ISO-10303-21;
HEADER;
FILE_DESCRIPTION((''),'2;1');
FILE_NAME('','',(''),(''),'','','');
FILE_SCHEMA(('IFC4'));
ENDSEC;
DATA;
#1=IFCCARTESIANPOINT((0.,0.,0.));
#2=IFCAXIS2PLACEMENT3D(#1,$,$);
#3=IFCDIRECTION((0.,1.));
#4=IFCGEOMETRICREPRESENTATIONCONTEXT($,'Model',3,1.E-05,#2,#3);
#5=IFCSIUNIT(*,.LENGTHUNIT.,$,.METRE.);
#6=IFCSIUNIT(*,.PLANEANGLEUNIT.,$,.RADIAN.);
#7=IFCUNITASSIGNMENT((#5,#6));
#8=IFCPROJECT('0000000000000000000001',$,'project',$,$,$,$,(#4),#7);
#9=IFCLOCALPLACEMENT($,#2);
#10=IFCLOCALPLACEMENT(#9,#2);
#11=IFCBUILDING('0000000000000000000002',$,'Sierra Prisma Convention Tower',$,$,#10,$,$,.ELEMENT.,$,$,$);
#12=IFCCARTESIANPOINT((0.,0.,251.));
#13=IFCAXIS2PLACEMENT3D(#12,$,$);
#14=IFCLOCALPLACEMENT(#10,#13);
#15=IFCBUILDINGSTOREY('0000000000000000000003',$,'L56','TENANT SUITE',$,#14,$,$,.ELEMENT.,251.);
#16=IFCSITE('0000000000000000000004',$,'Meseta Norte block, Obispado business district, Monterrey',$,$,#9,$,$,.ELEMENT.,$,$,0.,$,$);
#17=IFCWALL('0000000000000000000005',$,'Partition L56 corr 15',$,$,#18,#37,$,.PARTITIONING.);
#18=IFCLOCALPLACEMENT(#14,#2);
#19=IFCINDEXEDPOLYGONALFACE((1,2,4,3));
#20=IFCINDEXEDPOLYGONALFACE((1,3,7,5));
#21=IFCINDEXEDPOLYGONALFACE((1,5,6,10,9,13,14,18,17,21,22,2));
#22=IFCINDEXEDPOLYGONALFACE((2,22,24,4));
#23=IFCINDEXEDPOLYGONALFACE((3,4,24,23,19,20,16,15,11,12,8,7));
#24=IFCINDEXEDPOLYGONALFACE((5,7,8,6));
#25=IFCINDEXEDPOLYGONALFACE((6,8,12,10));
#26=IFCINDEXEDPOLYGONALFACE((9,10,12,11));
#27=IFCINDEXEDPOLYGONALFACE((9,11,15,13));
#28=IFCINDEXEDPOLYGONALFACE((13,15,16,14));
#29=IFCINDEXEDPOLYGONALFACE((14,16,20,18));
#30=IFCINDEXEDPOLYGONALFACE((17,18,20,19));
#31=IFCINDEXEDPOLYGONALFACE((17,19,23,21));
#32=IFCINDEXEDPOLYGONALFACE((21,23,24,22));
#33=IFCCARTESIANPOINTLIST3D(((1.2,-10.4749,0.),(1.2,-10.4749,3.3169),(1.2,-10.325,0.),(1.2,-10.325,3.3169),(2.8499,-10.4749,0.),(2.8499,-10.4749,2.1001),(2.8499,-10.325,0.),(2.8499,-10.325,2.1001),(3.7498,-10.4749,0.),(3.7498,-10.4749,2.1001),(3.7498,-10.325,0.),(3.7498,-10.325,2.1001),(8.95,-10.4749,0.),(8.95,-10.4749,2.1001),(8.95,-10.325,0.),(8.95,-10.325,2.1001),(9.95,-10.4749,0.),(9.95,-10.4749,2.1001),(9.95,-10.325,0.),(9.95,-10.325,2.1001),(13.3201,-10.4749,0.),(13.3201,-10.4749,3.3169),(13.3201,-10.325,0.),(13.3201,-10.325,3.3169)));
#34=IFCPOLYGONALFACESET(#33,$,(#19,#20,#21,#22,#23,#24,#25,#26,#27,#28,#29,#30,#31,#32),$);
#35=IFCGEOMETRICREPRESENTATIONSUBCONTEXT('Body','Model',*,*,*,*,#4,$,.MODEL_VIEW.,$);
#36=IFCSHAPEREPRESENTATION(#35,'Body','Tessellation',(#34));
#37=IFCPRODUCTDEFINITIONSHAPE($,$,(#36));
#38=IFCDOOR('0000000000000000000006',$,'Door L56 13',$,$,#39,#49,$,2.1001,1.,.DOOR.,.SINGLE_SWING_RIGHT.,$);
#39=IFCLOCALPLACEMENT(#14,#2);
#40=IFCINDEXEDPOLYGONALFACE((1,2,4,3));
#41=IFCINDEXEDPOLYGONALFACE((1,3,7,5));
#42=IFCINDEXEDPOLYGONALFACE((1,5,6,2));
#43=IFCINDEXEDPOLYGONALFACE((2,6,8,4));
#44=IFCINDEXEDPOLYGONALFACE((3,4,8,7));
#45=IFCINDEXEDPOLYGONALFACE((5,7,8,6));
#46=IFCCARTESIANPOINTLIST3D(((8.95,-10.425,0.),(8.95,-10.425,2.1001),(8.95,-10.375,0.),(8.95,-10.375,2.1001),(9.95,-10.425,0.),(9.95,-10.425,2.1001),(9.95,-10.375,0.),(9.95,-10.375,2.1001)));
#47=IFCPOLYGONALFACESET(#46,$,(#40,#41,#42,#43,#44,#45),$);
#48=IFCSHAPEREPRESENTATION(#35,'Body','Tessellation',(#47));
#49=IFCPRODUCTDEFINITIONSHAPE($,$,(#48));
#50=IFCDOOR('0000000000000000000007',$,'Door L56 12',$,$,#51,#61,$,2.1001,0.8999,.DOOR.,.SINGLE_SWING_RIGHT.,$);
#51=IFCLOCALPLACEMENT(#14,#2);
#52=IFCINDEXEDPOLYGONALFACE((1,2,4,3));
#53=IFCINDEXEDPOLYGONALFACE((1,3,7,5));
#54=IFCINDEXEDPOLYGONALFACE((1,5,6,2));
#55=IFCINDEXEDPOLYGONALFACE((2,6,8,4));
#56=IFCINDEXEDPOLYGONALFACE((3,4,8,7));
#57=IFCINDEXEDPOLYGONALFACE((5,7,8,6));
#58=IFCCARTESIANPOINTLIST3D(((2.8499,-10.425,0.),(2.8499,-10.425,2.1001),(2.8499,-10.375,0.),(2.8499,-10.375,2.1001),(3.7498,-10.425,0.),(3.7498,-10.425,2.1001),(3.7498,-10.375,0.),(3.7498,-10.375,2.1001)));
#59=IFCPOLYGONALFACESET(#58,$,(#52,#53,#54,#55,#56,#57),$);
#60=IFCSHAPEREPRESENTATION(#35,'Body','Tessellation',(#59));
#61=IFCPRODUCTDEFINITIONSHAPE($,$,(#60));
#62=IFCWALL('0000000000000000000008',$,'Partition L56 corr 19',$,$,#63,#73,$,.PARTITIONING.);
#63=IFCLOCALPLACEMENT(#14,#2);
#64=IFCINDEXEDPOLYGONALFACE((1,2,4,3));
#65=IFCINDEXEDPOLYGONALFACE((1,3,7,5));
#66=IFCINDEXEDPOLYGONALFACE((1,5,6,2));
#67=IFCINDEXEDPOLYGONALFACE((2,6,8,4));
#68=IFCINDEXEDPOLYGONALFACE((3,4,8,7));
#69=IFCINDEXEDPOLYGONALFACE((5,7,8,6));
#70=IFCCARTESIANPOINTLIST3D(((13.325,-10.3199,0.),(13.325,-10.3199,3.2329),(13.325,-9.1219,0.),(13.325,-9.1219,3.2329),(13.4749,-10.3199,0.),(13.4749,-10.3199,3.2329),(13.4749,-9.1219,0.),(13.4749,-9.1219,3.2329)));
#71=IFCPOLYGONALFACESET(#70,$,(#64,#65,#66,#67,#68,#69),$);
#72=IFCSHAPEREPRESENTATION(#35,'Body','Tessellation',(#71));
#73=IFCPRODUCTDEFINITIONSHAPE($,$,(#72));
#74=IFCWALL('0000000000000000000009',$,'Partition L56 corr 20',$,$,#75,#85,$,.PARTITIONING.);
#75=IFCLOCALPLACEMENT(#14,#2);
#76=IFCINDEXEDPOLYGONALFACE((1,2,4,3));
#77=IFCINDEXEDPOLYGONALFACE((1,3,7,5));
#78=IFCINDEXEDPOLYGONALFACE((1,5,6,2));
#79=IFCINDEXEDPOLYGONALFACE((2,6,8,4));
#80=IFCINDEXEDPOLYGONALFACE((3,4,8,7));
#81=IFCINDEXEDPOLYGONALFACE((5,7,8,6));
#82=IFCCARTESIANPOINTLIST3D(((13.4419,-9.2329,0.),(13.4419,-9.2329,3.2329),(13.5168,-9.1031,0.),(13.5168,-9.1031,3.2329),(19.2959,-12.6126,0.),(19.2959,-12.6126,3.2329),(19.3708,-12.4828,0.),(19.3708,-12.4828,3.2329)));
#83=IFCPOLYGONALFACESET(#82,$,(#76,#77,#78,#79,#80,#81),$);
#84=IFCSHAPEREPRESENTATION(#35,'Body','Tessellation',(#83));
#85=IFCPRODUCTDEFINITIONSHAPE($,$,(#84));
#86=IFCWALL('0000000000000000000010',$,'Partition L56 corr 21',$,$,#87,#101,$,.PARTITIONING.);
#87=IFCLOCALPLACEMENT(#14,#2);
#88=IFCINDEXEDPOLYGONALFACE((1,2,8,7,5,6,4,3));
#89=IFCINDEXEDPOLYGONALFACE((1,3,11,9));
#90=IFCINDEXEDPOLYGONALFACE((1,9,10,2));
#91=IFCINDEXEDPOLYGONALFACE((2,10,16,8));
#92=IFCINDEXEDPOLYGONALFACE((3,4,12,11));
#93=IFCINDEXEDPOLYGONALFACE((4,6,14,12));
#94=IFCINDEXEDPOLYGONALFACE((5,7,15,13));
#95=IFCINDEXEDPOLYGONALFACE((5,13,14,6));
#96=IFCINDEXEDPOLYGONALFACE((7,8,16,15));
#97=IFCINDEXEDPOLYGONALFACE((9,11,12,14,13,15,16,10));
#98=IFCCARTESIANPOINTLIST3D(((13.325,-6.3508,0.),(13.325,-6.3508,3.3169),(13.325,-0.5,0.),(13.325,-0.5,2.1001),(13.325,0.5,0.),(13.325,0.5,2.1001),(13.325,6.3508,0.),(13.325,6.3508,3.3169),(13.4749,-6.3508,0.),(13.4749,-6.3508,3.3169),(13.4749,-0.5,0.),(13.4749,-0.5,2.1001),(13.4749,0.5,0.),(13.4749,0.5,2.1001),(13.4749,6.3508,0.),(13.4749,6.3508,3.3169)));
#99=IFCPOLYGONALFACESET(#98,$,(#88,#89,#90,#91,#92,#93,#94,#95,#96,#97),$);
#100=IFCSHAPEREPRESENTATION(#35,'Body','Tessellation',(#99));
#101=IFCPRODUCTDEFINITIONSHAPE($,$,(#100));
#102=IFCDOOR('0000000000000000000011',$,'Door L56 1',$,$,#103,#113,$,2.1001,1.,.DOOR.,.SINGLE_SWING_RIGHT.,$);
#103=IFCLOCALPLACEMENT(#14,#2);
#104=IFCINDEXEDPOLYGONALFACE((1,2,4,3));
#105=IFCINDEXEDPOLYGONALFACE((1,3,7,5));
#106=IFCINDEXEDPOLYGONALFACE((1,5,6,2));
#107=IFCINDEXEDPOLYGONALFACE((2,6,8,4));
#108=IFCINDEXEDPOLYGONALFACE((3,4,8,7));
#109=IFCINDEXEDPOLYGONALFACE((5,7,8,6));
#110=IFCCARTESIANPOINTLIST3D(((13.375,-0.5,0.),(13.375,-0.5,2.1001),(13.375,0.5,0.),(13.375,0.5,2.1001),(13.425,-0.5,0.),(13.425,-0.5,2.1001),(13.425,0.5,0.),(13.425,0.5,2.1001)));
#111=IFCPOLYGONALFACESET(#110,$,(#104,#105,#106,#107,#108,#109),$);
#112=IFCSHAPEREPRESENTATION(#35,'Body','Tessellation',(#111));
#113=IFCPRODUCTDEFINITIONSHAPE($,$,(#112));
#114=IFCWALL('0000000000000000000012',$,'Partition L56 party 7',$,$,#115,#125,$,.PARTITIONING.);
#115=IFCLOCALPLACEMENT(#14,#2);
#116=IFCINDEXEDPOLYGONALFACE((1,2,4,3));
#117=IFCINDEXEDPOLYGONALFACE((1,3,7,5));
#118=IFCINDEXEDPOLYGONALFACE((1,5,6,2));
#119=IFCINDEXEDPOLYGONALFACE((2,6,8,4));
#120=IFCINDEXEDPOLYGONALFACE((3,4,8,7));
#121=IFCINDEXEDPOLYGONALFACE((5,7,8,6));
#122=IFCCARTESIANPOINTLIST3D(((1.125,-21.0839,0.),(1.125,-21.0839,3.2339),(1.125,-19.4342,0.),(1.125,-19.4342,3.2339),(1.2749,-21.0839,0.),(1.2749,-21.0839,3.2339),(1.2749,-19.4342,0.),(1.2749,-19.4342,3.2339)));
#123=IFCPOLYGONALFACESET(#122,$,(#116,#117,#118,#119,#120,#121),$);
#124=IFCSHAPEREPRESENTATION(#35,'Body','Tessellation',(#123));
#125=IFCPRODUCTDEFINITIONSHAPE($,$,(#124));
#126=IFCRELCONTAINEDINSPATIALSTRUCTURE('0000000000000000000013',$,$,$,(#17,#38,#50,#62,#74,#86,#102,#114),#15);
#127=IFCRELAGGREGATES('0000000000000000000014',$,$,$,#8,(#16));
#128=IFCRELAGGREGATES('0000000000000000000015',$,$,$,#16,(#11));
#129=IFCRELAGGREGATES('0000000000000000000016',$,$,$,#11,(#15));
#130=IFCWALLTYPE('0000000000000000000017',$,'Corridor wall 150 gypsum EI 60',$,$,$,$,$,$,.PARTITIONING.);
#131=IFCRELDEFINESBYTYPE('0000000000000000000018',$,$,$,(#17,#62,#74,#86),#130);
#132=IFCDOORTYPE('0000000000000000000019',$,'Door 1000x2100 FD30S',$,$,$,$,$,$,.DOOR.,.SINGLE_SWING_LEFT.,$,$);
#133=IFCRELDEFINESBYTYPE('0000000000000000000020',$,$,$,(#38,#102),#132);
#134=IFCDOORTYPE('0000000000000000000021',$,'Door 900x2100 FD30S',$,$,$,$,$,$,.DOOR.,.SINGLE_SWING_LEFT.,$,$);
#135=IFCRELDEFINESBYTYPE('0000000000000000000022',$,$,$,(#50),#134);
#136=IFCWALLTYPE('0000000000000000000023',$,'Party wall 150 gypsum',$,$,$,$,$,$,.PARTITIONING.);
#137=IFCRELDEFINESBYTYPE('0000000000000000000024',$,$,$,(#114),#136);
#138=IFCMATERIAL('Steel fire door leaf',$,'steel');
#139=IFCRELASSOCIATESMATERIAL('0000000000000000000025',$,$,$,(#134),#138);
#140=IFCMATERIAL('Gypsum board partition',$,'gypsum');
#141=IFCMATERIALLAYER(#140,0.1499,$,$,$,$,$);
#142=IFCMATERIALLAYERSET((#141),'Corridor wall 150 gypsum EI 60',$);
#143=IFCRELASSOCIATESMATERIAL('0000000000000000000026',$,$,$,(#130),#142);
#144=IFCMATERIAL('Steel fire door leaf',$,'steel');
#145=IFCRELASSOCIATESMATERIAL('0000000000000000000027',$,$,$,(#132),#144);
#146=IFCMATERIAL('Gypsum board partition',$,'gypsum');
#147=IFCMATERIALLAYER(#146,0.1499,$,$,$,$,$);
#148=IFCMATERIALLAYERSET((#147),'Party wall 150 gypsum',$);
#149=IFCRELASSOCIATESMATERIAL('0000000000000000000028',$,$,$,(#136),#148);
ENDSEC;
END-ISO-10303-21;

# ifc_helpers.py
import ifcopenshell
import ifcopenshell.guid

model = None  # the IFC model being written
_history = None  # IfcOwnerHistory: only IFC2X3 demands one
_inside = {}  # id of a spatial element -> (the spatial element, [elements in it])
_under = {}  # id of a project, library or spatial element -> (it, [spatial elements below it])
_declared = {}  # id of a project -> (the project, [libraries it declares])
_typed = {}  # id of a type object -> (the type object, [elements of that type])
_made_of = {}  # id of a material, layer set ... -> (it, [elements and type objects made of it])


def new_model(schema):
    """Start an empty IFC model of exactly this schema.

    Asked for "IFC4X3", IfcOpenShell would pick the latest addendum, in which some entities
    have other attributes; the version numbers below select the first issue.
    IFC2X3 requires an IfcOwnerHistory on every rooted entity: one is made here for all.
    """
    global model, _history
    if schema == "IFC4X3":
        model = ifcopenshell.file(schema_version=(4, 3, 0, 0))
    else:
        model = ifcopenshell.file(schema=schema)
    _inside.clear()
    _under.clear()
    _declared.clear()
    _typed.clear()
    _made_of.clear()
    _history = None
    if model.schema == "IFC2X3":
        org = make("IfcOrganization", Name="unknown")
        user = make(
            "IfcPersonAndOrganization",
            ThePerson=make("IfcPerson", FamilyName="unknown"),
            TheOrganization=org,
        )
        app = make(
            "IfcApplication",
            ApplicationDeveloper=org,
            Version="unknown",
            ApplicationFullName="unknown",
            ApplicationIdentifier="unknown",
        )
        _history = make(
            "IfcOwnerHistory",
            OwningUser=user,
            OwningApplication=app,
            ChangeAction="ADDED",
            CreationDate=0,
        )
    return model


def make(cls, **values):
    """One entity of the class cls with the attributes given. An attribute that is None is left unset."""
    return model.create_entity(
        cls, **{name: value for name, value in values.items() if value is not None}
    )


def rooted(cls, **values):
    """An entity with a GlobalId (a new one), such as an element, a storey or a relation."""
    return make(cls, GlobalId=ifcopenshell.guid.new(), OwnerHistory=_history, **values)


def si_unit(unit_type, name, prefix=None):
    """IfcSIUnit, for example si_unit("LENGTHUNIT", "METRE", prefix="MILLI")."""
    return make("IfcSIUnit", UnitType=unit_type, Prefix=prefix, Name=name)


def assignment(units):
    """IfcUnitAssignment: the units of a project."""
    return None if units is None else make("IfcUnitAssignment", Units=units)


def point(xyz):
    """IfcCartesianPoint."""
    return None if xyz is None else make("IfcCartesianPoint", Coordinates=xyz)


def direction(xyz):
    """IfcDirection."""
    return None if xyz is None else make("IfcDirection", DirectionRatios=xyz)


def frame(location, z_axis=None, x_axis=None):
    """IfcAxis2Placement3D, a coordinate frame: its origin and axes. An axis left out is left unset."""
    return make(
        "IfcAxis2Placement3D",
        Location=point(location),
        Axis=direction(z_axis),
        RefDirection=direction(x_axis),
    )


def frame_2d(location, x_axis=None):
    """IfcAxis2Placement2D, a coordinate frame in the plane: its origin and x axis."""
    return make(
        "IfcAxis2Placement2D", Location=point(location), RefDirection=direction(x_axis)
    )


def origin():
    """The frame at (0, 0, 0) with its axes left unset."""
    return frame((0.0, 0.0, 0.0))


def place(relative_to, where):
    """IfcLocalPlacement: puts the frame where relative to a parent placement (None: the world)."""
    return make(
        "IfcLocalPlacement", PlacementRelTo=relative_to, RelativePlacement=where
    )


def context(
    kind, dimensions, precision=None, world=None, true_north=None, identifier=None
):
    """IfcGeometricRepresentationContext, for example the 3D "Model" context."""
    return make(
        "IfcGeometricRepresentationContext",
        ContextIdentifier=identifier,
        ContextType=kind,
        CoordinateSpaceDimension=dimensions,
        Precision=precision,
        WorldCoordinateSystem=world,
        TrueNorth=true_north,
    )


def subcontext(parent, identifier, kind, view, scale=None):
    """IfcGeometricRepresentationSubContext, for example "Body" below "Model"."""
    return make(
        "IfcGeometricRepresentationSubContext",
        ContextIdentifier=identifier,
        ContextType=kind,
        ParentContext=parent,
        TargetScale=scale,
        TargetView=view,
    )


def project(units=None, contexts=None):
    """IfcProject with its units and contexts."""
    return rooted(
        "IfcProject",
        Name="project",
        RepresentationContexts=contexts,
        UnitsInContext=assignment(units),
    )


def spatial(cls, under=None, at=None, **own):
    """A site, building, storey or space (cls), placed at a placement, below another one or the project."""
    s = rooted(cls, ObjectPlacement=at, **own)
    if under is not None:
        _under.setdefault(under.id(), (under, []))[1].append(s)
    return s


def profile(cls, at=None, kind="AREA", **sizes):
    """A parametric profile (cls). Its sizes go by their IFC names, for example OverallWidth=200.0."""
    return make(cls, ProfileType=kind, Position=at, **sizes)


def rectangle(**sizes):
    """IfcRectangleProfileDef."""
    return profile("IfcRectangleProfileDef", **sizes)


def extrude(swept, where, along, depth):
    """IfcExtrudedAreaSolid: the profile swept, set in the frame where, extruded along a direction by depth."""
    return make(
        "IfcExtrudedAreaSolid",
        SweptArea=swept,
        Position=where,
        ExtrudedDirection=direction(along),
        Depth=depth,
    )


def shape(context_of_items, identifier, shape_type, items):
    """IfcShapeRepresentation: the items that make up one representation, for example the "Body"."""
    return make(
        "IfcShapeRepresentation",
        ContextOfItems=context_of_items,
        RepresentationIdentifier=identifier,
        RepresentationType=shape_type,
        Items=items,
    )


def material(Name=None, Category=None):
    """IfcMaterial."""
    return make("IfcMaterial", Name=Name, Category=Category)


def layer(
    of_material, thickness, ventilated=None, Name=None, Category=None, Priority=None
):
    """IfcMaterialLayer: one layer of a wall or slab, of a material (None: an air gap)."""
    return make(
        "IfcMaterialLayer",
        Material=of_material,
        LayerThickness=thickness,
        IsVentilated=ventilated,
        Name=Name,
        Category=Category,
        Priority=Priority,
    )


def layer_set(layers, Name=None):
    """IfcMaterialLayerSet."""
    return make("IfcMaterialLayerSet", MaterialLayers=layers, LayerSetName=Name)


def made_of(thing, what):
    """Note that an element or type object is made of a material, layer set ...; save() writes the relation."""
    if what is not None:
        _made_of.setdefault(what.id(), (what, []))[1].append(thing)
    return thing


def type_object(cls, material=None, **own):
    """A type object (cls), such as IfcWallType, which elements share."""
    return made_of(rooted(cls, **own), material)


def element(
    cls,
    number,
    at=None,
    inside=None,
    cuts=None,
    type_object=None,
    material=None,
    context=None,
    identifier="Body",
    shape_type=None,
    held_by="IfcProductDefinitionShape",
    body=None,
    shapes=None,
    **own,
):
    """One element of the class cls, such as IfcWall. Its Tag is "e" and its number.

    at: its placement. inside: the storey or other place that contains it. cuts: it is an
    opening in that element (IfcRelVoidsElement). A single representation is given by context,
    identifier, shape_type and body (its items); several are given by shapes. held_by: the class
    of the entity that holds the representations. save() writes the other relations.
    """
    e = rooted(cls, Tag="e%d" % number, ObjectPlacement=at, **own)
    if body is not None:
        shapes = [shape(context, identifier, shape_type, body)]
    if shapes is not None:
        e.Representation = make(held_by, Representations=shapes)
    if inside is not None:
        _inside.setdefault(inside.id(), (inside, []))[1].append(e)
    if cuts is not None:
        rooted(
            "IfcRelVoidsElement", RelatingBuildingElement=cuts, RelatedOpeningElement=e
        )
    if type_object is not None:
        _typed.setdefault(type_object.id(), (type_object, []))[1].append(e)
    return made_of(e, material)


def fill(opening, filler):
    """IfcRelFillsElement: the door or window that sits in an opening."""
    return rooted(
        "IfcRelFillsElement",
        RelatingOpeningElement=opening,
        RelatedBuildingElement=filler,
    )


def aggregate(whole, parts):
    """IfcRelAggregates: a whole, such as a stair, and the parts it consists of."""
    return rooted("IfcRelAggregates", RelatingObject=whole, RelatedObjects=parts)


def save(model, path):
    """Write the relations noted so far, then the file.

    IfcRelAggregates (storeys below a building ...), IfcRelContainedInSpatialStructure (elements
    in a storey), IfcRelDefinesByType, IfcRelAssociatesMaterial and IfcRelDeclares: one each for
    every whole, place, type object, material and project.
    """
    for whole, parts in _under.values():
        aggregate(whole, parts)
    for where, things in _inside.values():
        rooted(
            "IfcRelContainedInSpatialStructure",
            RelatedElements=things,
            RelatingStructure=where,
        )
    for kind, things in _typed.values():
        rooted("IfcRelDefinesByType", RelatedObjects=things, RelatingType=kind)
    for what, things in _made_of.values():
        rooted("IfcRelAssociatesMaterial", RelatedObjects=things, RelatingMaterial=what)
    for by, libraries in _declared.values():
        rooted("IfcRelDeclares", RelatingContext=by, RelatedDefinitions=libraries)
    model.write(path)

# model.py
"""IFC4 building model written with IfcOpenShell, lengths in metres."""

from ifc_helpers import new_model, si_unit, direction, frame, frame_2d, origin, place, context, subcontext, project, spatial, rectangle, extrude, material, layer, layer_set, type_object, element, fill, save


model = new_model("IFC4")

# Units and contexts
model_context = context("Model", 3, precision=1e-05, world=origin(), true_north=direction((0.0, 1.0)))
body_context = subcontext(model_context, "Body", "Model", "MODEL_VIEW")
ifc_project = project(units=[si_unit("LENGTHUNIT", "METRE"), si_unit("PLANEANGLEUNIT", "RADIAN")], contexts=[model_context])

# Site, building, storey
site_placement = place(None, origin())
site = spatial("IfcSite", under=ifc_project, at=site_placement, Name="Meseta Norte block, Obispado business district, Monterrey", CompositionType="ELEMENT", RefElevation=0.0)
building_placement = place(site_placement, origin())
building = spatial("IfcBuilding", under=site, at=building_placement, Name="Sierra Prisma Convention Tower", CompositionType="ELEMENT")
storey_placement = place(building_placement, frame((0.0, 0.0, 251.0)))
storey = spatial("IfcBuildingStorey", under=building, at=storey_placement, Name="L56", Description="TENANT SUITE", CompositionType="ELEMENT", Elevation=251.0)

# Shared definitions
ifc_material_1 = material(Name="Steel fire door leaf", Category="steel")
door_type_1 = type_object("IfcDoorType", Name="Door 900x2100 FD30S", OperationType="SINGLE_SWING_LEFT", PredefinedType="DOOR", material=ifc_material_1)

# Shared definitions
ifc_material_2 = material(Name="Gypsum board partition", Category="gypsum")
ifc_layer_1 = layer(ifc_material_2, 0.1499)
ifc_layer_set_1 = layer_set([ifc_layer_1], Name="Corridor wall 150 gypsum EI 60")
wall_type_1 = type_object("IfcWallType", Name="Corridor wall 150 gypsum EI 60", PredefinedType="PARTITIONING", material=ifc_layer_set_1)

# Wall, openings, doors
wall_1_placement = place(storey_placement, frame((1.2, -10.3999, 0.0), z_axis=(0.0, 0.0, 1.0), x_axis=(1.0, 0.0, 0.0)))
wall_1 = element("IfcWall", 1, at=wall_1_placement, inside=storey, type_object=wall_type_1, Name="Partition L56 corr 15", PredefinedType="PARTITIONING", context=body_context, shape_type="SweptSolid", body=[
    extrude(rectangle(XDim=12.1201, YDim=0.1499, at=frame_2d((6.0601, 0.0))), origin(), (0.0, 0.0, 1.0), 3.3169),
])
opening_1_placement = place(wall_1_placement, frame((1.6499, 0.0, 0.0)))
opening_1 = element("IfcOpeningElement", 2, at=opening_1_placement, cuts=wall_1, PredefinedType="OPENING", context=body_context, shape_type="SweptSolid", body=[
    extrude(rectangle(XDim=0.8999, YDim=2.1001, at=frame_2d((0.45, 1.05))), frame((0.0, 0.075, 0.0), z_axis=(0.0, -1.0, 0.0), x_axis=(1.0, 0.0, 0.0)), (0.0, 0.0, 1.0), 0.1499),
])
opening_2_placement = place(wall_1_placement, frame((7.75, 0.0, 0.0)))
opening_2 = element("IfcOpeningElement", 3, at=opening_2_placement, cuts=wall_1, PredefinedType="OPENING", context=body_context, shape_type="SweptSolid", body=[
    extrude(rectangle(XDim=1.0, YDim=2.1001, at=frame_2d((0.5, 1.05))), frame((0.0, 0.075, 0.0), z_axis=(0.0, -1.0, 0.0), x_axis=(1.0, 0.0, 0.0)), (0.0, 0.0, 1.0), 0.1499),
])
ifc_material_3 = material(Name="Steel fire door leaf", Category="steel")
door_type_2 = type_object("IfcDoorType", Name="Door 1000x2100 FD30S", OperationType="SINGLE_SWING_LEFT", PredefinedType="DOOR", material=ifc_material_3)
door_1_placement = place(opening_2_placement, origin())
door_1 = element("IfcDoor", 4, at=door_1_placement, inside=storey, type_object=door_type_2, Name="Door L56 13", OperationType="SINGLE_SWING_RIGHT", OverallHeight=2.1001, OverallWidth=1.0, PredefinedType="DOOR", context=body_context, shape_type="SweptSolid", body=[
    extrude(rectangle(XDim=1.0, YDim=2.1001, at=frame_2d((0.5, 1.05))), frame((0.0, 0.0249, 0.0), z_axis=(0.0, -1.0, 0.0), x_axis=(1.0, 0.0, 0.0)), (0.0, 0.0, 1.0), 0.05),
])
fill(opening_2, door_1)
door_2_placement = place(opening_1_placement, origin())
door_2 = element("IfcDoor", 5, at=door_2_placement, inside=storey, type_object=door_type_1, Name="Door L56 12", OperationType="SINGLE_SWING_RIGHT", OverallHeight=2.1001, OverallWidth=0.8999, PredefinedType="DOOR", context=body_context, shape_type="SweptSolid", body=[
    extrude(rectangle(XDim=0.8999, YDim=2.1001, at=frame_2d((0.45, 1.05))), frame((0.0, 0.0249, 0.0), z_axis=(0.0, -1.0, 0.0), x_axis=(1.0, 0.0, 0.0)), (0.0, 0.0, 1.0), 0.05),
])
fill(opening_1, door_2)

# Walls
wall_2_placement = place(storey_placement, frame((13.3999, -10.3201, 0.0), z_axis=(0.0, 0.0, 1.0), x_axis=(0.0, 1.0, 0.0)))
element("IfcWall", 6, at=wall_2_placement, inside=storey, type_object=wall_type_1, Name="Partition L56 corr 19", PredefinedType="PARTITIONING", context=body_context, shape_type="SweptSolid", body=[
    extrude(rectangle(XDim=1.198, YDim=0.1499, at=frame_2d((0.5991, 0.0))), origin(), (0.0, 0.0, 1.0), 3.2329),
])
wall_3_placement = place(storey_placement, frame((13.4792, -9.168, 0.0), z_axis=(0.0, 0.0, 1.0), x_axis=(0.866036, -0.499981, 0.0)))
element("IfcWall", 7, at=wall_3_placement, inside=storey, type_object=wall_type_1, Name="Partition L56 corr 20", PredefinedType="PARTITIONING", context=body_context, shape_type="SweptSolid", body=[
    extrude(rectangle(XDim=6.7595, YDim=0.1499, at=frame_2d((3.3799, 0.0))), origin(), (0.0, 0.0, 1.0), 3.2329),
])

# Wall, opening, door
wall_4_placement = place(storey_placement, frame((13.3999, -6.3508, 0.0), z_axis=(0.0, 0.0, 1.0), x_axis=(0.0, 1.0, 0.0)))
wall_4 = element("IfcWall", 8, at=wall_4_placement, inside=storey, type_object=wall_type_1, Name="Partition L56 corr 21", PredefinedType="PARTITIONING", context=body_context, shape_type="SweptSolid", body=[
    extrude(rectangle(XDim=12.7017, YDim=0.1499, at=frame_2d((6.3508, 0.0))), origin(), (0.0, 0.0, 1.0), 3.3169),
])
opening_3_placement = place(wall_4_placement, frame((5.8508, 0.0, 0.0)))
opening_3 = element("IfcOpeningElement", 9, at=opening_3_placement, cuts=wall_4, PredefinedType="OPENING", context=body_context, shape_type="SweptSolid", body=[
    extrude(rectangle(XDim=1.0, YDim=2.1001, at=frame_2d((0.5, 1.05))), frame((0.0, 0.075, 0.0), z_axis=(0.0, -1.0, 0.0), x_axis=(1.0, 0.0, 0.0)), (0.0, 0.0, 1.0), 0.1499),
])
door_3_placement = place(opening_3_placement, origin())
door_3 = element("IfcDoor", 10, at=door_3_placement, inside=storey, type_object=door_type_2, Name="Door L56 1", OperationType="SINGLE_SWING_RIGHT", OverallHeight=2.1001, OverallWidth=1.0, PredefinedType="DOOR", context=body_context, shape_type="SweptSolid", body=[
    extrude(rectangle(XDim=1.0, YDim=2.1001, at=frame_2d((0.5, 1.05))), frame((0.0, 0.0249, 0.0), z_axis=(0.0, -1.0, 0.0), x_axis=(1.0, 0.0, 0.0)), (0.0, 0.0, 1.0), 0.05),
])
fill(opening_3, door_3)

# Wall
ifc_material_4 = material(Name="Gypsum board partition", Category="gypsum")
ifc_layer_2 = layer(ifc_material_4, 0.1499)
ifc_layer_set_2 = layer_set([ifc_layer_2], Name="Party wall 150 gypsum")
wall_type_2 = type_object("IfcWallType", Name="Party wall 150 gypsum", PredefinedType="PARTITIONING", material=ifc_layer_set_2)
wall_5_placement = place(storey_placement, frame((1.2, -19.4343, 0.0), z_axis=(0.0, 0.0, 1.0), x_axis=(0.0, -1.0, 0.0)))
element("IfcWall", 11, at=wall_5_placement, inside=storey, type_object=wall_type_2, Name="Partition L56 party 7", PredefinedType="PARTITIONING", context=body_context, shape_type="SweptSolid", body=[
    extrude(rectangle(XDim=1.6497, YDim=0.1499, at=frame_2d((0.8247, 0.0))), origin(), (0.0, 0.0, 1.0), 3.2339),
])

save(model, "model.ifc")
